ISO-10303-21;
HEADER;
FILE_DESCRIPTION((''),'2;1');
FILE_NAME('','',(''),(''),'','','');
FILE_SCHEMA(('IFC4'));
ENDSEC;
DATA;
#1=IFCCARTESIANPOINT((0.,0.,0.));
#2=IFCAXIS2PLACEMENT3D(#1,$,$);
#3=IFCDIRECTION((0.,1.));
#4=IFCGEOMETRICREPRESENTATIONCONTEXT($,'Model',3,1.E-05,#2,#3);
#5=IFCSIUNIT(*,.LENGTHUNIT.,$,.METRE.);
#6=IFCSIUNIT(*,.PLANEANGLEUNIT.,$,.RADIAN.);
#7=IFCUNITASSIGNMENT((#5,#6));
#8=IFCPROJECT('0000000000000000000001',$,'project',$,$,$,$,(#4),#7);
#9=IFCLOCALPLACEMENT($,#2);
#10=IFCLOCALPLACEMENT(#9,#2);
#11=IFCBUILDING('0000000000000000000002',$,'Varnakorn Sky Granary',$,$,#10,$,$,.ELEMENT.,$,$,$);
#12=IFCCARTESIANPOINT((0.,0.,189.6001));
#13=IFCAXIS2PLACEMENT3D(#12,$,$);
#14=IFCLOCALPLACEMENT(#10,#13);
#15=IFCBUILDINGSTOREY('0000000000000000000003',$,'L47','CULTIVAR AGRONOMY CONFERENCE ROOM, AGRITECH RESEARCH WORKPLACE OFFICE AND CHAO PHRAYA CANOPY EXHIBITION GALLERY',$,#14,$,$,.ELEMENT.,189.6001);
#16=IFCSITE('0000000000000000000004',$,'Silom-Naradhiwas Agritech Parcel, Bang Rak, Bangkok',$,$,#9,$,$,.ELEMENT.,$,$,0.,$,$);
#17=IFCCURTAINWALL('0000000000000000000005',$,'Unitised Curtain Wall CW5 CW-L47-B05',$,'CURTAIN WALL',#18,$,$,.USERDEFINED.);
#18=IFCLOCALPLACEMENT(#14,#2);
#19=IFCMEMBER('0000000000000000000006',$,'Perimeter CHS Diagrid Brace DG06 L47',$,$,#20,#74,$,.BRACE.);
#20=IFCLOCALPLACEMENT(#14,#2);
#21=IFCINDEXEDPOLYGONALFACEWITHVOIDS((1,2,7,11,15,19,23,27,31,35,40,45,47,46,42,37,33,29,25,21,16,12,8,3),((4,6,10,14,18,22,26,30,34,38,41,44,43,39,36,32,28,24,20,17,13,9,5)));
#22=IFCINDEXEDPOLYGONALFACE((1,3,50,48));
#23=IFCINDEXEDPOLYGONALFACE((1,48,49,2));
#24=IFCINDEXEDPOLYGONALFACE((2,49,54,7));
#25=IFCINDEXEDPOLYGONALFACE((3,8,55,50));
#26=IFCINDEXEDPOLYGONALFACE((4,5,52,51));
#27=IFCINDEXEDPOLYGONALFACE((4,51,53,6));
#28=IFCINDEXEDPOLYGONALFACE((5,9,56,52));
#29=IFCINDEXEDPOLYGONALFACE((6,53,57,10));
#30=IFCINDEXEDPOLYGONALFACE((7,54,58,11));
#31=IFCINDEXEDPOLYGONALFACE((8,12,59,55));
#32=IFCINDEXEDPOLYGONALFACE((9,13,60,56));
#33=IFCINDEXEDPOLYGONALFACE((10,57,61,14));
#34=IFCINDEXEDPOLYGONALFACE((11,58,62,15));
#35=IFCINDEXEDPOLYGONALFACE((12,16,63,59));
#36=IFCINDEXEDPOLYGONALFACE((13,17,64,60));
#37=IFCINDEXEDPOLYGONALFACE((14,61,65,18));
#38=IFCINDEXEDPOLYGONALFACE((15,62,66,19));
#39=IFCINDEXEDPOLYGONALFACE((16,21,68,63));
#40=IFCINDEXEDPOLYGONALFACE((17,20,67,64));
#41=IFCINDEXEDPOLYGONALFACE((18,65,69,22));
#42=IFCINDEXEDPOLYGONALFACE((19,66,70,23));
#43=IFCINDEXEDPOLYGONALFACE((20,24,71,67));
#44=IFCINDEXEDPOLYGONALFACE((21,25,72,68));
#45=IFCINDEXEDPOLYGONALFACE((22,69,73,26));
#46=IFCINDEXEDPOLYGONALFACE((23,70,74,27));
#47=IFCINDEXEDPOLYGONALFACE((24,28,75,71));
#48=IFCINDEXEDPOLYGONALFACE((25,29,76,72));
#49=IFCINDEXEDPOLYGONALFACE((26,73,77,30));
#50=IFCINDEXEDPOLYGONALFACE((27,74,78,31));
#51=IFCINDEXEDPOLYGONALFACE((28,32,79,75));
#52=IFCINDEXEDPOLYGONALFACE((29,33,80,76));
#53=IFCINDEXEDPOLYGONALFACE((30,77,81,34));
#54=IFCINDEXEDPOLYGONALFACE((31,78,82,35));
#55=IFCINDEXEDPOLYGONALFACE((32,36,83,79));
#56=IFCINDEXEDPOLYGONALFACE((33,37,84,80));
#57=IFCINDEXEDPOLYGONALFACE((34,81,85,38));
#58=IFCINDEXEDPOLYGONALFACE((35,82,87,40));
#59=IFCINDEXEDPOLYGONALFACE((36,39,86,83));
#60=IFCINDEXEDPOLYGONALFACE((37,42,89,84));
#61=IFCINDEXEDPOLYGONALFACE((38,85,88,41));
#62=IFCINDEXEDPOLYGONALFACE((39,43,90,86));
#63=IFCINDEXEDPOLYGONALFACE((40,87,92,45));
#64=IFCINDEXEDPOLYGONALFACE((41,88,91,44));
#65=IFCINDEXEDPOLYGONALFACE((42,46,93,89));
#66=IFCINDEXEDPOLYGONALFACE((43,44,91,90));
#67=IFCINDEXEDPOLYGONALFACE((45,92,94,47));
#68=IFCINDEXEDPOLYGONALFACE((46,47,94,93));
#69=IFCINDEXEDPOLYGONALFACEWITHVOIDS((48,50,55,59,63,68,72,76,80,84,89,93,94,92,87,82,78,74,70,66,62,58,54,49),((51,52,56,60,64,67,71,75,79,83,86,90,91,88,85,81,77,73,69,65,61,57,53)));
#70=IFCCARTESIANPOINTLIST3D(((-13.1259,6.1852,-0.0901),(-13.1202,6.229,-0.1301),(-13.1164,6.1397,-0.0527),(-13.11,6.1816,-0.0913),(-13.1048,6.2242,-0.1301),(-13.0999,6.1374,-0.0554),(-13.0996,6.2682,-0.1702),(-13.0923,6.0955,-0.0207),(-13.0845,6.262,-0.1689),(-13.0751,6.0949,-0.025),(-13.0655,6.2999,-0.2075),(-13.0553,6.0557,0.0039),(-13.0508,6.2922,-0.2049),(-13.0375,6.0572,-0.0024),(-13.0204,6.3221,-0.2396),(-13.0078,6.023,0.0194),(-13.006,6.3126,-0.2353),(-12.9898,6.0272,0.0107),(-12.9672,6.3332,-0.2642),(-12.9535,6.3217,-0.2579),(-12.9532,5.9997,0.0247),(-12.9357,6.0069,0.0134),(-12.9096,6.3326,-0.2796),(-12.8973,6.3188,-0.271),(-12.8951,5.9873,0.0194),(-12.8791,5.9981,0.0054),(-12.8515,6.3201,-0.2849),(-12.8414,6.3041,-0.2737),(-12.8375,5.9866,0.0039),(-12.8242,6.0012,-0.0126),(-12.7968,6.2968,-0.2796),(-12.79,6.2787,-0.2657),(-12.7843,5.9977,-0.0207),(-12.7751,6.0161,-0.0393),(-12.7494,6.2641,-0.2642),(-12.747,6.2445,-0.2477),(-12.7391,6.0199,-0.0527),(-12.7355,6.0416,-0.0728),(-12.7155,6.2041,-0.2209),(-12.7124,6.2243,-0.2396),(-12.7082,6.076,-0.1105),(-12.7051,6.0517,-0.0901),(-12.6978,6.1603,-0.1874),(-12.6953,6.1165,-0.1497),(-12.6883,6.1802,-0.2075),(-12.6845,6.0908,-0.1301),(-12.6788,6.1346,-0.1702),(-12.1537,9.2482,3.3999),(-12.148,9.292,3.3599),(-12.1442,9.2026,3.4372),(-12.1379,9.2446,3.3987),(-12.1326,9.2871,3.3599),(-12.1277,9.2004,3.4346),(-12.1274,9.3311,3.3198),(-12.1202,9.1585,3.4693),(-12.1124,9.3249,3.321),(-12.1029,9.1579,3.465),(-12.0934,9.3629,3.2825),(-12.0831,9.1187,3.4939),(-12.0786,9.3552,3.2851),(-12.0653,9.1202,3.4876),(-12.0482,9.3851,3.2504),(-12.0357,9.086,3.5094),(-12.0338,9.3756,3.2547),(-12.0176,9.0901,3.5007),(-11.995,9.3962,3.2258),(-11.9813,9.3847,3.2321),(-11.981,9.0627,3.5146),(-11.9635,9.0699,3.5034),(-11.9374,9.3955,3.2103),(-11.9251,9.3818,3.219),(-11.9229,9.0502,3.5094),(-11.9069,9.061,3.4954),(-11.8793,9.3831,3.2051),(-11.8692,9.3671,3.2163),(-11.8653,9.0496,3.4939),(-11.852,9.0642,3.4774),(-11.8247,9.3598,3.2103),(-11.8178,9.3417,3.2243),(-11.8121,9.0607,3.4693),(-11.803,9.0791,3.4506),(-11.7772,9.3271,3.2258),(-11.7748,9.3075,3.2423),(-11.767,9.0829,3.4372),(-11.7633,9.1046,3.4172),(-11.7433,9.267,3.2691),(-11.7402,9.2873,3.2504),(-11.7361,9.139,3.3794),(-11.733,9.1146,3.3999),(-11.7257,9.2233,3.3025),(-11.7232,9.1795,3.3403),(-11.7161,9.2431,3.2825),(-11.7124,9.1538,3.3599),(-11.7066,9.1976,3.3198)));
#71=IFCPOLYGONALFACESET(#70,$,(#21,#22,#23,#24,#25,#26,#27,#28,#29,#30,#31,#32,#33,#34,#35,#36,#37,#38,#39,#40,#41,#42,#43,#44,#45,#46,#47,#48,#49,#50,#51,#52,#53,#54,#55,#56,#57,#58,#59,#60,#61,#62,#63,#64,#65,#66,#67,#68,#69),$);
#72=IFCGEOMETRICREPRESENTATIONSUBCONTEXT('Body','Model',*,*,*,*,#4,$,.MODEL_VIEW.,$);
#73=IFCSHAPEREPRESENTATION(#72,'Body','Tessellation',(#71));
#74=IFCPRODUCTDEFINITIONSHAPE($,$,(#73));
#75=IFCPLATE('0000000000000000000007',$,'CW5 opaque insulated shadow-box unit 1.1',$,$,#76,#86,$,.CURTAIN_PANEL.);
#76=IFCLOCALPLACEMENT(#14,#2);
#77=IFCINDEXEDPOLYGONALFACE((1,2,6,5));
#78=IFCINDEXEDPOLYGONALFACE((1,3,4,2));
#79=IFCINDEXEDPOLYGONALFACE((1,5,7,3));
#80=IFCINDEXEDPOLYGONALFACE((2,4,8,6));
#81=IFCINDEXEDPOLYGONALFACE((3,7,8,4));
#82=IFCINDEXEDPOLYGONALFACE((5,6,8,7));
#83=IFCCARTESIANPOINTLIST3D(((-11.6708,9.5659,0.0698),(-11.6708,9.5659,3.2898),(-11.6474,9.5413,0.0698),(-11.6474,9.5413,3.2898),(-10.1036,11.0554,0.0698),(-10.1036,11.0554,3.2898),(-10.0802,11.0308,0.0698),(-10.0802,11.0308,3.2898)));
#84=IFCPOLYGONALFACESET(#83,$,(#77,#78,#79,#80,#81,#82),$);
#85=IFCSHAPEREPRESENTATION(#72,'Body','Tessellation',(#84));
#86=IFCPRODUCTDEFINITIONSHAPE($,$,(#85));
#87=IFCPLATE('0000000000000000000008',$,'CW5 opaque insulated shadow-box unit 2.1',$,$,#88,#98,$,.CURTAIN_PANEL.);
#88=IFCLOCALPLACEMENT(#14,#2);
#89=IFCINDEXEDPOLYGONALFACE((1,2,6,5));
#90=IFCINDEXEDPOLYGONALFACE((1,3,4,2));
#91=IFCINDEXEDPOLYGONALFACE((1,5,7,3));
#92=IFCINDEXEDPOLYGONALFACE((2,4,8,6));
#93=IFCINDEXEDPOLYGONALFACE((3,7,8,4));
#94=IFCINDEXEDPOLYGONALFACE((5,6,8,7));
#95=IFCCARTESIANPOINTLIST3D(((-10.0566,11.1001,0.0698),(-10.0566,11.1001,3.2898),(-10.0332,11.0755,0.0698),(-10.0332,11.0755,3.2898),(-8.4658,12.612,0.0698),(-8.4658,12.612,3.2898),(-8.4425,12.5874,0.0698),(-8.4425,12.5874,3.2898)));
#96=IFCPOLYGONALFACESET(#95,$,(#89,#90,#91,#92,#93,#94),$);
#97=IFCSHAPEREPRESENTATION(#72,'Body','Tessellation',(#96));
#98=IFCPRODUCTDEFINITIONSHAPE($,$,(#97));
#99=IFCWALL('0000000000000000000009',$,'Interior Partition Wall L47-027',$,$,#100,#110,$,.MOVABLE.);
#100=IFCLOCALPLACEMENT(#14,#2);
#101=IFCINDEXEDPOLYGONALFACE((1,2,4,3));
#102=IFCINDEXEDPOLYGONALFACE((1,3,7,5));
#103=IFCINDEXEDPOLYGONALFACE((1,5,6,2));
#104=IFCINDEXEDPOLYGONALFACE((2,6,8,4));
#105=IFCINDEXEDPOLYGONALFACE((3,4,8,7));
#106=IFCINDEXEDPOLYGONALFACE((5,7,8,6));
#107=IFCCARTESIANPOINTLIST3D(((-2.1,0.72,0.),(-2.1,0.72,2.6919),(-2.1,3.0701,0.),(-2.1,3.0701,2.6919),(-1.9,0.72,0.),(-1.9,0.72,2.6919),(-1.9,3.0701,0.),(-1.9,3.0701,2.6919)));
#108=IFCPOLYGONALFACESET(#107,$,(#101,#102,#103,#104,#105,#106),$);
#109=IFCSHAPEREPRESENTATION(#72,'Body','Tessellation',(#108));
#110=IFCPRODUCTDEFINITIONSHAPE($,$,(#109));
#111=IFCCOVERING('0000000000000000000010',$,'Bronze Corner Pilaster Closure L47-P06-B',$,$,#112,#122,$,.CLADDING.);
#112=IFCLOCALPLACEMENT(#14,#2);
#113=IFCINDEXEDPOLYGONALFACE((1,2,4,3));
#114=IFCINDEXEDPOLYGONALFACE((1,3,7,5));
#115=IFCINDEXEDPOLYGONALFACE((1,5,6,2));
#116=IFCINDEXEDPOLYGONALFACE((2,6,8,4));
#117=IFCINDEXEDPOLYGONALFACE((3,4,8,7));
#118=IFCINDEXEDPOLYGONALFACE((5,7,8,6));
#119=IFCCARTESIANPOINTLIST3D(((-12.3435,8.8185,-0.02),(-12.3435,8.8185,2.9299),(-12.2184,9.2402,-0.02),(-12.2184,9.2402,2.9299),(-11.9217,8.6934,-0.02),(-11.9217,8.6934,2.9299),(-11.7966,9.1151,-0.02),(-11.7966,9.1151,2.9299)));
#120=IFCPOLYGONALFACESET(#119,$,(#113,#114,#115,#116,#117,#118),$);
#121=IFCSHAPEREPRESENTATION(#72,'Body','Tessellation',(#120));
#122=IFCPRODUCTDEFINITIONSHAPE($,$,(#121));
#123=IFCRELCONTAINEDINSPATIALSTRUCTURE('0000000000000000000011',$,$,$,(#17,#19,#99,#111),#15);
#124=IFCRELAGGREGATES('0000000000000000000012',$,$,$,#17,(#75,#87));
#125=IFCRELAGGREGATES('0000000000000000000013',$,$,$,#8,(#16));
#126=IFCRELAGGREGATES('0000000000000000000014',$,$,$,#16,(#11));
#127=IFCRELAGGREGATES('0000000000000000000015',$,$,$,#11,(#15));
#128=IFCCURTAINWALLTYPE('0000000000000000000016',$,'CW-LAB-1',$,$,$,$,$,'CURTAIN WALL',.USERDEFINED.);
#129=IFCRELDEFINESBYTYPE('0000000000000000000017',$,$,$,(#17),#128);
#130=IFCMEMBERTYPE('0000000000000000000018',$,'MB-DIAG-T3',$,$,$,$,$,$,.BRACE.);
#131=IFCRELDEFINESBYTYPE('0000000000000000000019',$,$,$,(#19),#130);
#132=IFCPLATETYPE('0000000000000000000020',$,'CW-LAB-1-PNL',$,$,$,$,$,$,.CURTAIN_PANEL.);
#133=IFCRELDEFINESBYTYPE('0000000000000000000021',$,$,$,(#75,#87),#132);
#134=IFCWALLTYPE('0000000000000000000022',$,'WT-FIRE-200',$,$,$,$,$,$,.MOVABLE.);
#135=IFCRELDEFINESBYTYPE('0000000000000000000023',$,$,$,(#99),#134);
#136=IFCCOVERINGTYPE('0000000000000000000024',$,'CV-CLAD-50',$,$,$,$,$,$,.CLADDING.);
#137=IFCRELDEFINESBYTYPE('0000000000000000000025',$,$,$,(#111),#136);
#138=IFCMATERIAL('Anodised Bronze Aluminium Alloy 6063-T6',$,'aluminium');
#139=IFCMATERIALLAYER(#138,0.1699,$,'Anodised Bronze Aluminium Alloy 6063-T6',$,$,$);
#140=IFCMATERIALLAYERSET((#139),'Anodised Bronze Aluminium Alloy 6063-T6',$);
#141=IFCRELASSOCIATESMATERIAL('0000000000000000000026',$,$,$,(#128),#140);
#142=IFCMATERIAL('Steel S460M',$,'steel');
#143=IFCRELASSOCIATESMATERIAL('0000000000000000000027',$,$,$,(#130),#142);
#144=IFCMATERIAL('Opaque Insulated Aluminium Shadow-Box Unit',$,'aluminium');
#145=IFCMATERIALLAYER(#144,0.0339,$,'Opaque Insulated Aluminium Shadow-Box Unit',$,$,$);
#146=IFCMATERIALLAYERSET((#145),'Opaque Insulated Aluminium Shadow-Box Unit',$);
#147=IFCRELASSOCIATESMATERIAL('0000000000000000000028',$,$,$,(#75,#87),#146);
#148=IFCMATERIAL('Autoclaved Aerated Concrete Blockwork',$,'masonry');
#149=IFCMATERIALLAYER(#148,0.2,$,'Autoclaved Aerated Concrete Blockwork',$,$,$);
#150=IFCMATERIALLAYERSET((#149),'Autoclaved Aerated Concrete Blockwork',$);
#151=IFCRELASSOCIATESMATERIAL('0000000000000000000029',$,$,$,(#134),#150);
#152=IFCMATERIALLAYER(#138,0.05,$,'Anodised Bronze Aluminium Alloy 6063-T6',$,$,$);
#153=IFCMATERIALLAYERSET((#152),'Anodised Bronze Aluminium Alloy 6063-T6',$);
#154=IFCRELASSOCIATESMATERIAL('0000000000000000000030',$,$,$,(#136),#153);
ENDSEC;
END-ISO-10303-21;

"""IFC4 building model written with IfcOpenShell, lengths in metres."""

from ifc_helpers import new_model, si_unit, direction, frame, frame_2d, origin, origin_2d, place, context, subcontext, project, spatial, rectangle, hollow_circle, extrude, source, transform, mapped, material, layer, layer_set, material_profile, profile_set, type_object, type_shapes, element, aggregate, save


model = new_model("IFC4")

# Units and contexts
model_context = context("Model", 3, precision=1e-05, world=origin(), true_north=direction((0.0, 1.0)))
body_context = subcontext(model_context, "Body", "Model", "MODEL_VIEW")
ifc_project = project(units=[si_unit("LENGTHUNIT", "METRE"), si_unit("PLANEANGLEUNIT", "RADIAN")], contexts=[model_context])

# Site, building, storey
site_placement = place(None, origin())
site = spatial("IfcSite", under=ifc_project, at=site_placement, Name="Silom-Naradhiwas Agritech Parcel, Bang Rak, Bangkok", CompositionType="ELEMENT", RefElevation=0.0)
building_placement = place(site_placement, origin())
building = spatial("IfcBuilding", under=site, at=building_placement, Name="Varnakorn Sky Granary", CompositionType="ELEMENT")
storey_placement = place(building_placement, frame((0.0, 0.0, 189.6001)))
storey = spatial("IfcBuildingStorey", under=building, at=storey_placement, Name="L47", Description="CULTIVAR AGRONOMY CONFERENCE ROOM, AGRITECH RESEARCH WORKPLACE OFFICE AND CHAO PHRAYA CANOPY EXHIBITION GALLERY", CompositionType="ELEMENT", Elevation=189.6001)

# Shared definitions
ifc_material_1 = material(Name="Steel S460M", Category="steel")

# Curtain wall
ifc_material_2 = material(Name="Anodised Bronze Aluminium Alloy 6063-T6", Category="aluminium")
ifc_layer_1 = layer(ifc_material_2, 0.1699, Name="Anodised Bronze Aluminium Alloy 6063-T6")
ifc_layer_set_1 = layer_set([ifc_layer_1], Name="Anodised Bronze Aluminium Alloy 6063-T6")
curtain_wall_type = type_object("IfcCurtainWallType", Name="CW-LAB-1", ElementType="CURTAIN WALL", PredefinedType="USERDEFINED", material=ifc_layer_set_1)
curtain_wall_placement = place(storey_placement, origin())
curtain_wall = element("IfcCurtainWall", 1, at=curtain_wall_placement, inside=storey, type_object=curtain_wall_type, Name="Unitised Curtain Wall CW5 CW-L47-B05", ObjectType="CURTAIN WALL", PredefinedType="USERDEFINED")

# Member
ifc_material_profile_1 = material_profile(ifc_material_1, hollow_circle(Radius=0.2285, WallThickness=0.0161, at=origin_2d()), Name="CHS 457x16")
ifc_profile_set_1 = profile_set([ifc_material_profile_1], Name="Steel S460M")
member_type_1 = type_object("IfcMemberType", Name="MB-DIAG-T3", PredefinedType="BRACE", material=ifc_profile_set_1)
member_1_placement = place(storey_placement, frame((-12.9023, 6.1599, -0.1301), z_axis=(0.204919, 0.645634, 0.735639), x_axis=(-0.953143, 0.30252, 0.0)))
element("IfcMember", 2, at=member_1_placement, inside=storey, type_object=member_type_1, Name="Perimeter CHS Diagrid Brace DG06 L47", PredefinedType="BRACE", context=body_context, shape_type="SweptSolid", body=[
    extrude(hollow_circle(Radius=0.2285, WallThickness=0.0161, at=origin_2d()), origin(), (0.0, 0.0, 1.0), 4.7441),
])

# Plates
ifc_material_3 = material(Name="Opaque Insulated Aluminium Shadow-Box Unit", Category="aluminium")
ifc_layer_2 = layer(ifc_material_3, 0.0339, Name="Opaque Insulated Aluminium Shadow-Box Unit")
ifc_layer_set_2 = layer_set([ifc_layer_2], Name="Opaque Insulated Aluminium Shadow-Box Unit")
plate_type = type_object("IfcPlateType", Name="CW-LAB-1-PNL", PredefinedType="CURTAIN_PANEL")
shared_shape_1 = source(origin(), body_context, "Body", "SweptSolid", [
    extrude(rectangle(XDim=2.1621, YDim=0.0339, at=origin_2d()), origin(), (0.0, 0.0, 1.0), 3.22),
])
plate_1_placement = place(storey_placement, frame((-10.8755, 10.2983, 0.0698), z_axis=(0.0, 0.0, 1.0), x_axis=(0.724851, 0.688905, 0.0)))
plate_1 = element("IfcPlate", 3, at=plate_1_placement, type_object=plate_type, material=ifc_layer_set_2, Name="CW5 opaque insulated shadow-box unit 1.1", PredefinedType="CURTAIN_PANEL", context=body_context, shape_type="MappedRepresentation", body=[
    mapped(shared_shape_1, transform((0.0, 0.0, 0.0), x_axis=(1.0, 0.0, 0.0), y_axis=(0.0, 1.0, 0.0), z_axis=(0.0, 0.0, 1.0), scale=1.0)),
])
shared_shape_2 = source(origin(), body_context, "Body", "SweptSolid", [
    extrude(rectangle(XDim=2.1946, YDim=0.0339, at=origin_2d()), origin(), (0.0, 0.0, 1.0), 3.22),
])
type_shapes(plate_type, [shared_shape_1, shared_shape_2])
plate_2_placement = place(storey_placement, frame((-9.2495, 11.8438, 0.0698), z_axis=(0.0, 0.0, 1.0), x_axis=(0.724851, 0.688905, 0.0)))
plate_2 = element("IfcPlate", 4, at=plate_2_placement, type_object=plate_type, material=ifc_layer_set_2, Name="CW5 opaque insulated shadow-box unit 2.1", PredefinedType="CURTAIN_PANEL", context=body_context, shape_type="MappedRepresentation", body=[
    mapped(shared_shape_2, transform((0.0, 0.0, 0.0), x_axis=(1.0, 0.0, 0.0), y_axis=(0.0, 1.0, 0.0), z_axis=(0.0, 0.0, 1.0), scale=1.0)),
])
aggregate(curtain_wall, [plate_1, plate_2])

# Wall
ifc_material_4 = material(Name="Autoclaved Aerated Concrete Blockwork", Category="masonry")
ifc_layer_3 = layer(ifc_material_4, 0.2, Name="Autoclaved Aerated Concrete Blockwork")
ifc_layer_set_3 = layer_set([ifc_layer_3], Name="Autoclaved Aerated Concrete Blockwork")
wall_type = type_object("IfcWallType", Name="WT-FIRE-200", PredefinedType="MOVABLE", material=ifc_layer_set_3)
wall_placement = place(storey_placement, frame((-2.0, 0.72, 0.0), z_axis=(0.0, 0.0, 1.0), x_axis=(0.0, 1.0, 0.0)))
element("IfcWall", 5, at=wall_placement, inside=storey, type_object=wall_type, Name="Interior Partition Wall L47-027", PredefinedType="MOVABLE", context=body_context, shape_type="SweptSolid", body=[
    extrude(rectangle(XDim=2.3501, YDim=0.2, at=frame_2d((1.175, 0.0))), origin(), (0.0, 0.0, 1.0), 2.6919),
])

# Covering
ifc_layer_4 = layer(ifc_material_2, 0.05, Name="Anodised Bronze Aluminium Alloy 6063-T6")
ifc_layer_set_4 = layer_set([ifc_layer_4], Name="Anodised Bronze Aluminium Alloy 6063-T6")
covering_type = type_object("IfcCoveringType", Name="CV-CLAD-50", PredefinedType="CLADDING", material=ifc_layer_set_4)
shared_shape_3 = source(origin(), body_context, "Body", "SweptSolid", [
    extrude(rectangle(XDim=0.4399, YDim=0.4399, at=origin_2d()), origin(), (0.0, 0.0, 1.0), 2.95),
])
type_shapes(covering_type, [shared_shape_3])
covering_placement = place(storey_placement, frame((-12.0701, 8.9668, -0.02), z_axis=(0.0, 0.0, 1.0), x_axis=(0.28435, 0.958721, 0.0)))
element("IfcCovering", 6, at=covering_placement, inside=storey, type_object=covering_type, Name="Bronze Corner Pilaster Closure L47-P06-B", PredefinedType="CLADDING", context=body_context, shape_type="MappedRepresentation", body=[
    mapped(shared_shape_3, transform((0.0, 0.0, 0.0), x_axis=(1.0, 0.0, 0.0), y_axis=(0.0, 1.0, 0.0), z_axis=(0.0, 0.0, 1.0), scale=1.0)),
])

save(model, "model.ifc")
